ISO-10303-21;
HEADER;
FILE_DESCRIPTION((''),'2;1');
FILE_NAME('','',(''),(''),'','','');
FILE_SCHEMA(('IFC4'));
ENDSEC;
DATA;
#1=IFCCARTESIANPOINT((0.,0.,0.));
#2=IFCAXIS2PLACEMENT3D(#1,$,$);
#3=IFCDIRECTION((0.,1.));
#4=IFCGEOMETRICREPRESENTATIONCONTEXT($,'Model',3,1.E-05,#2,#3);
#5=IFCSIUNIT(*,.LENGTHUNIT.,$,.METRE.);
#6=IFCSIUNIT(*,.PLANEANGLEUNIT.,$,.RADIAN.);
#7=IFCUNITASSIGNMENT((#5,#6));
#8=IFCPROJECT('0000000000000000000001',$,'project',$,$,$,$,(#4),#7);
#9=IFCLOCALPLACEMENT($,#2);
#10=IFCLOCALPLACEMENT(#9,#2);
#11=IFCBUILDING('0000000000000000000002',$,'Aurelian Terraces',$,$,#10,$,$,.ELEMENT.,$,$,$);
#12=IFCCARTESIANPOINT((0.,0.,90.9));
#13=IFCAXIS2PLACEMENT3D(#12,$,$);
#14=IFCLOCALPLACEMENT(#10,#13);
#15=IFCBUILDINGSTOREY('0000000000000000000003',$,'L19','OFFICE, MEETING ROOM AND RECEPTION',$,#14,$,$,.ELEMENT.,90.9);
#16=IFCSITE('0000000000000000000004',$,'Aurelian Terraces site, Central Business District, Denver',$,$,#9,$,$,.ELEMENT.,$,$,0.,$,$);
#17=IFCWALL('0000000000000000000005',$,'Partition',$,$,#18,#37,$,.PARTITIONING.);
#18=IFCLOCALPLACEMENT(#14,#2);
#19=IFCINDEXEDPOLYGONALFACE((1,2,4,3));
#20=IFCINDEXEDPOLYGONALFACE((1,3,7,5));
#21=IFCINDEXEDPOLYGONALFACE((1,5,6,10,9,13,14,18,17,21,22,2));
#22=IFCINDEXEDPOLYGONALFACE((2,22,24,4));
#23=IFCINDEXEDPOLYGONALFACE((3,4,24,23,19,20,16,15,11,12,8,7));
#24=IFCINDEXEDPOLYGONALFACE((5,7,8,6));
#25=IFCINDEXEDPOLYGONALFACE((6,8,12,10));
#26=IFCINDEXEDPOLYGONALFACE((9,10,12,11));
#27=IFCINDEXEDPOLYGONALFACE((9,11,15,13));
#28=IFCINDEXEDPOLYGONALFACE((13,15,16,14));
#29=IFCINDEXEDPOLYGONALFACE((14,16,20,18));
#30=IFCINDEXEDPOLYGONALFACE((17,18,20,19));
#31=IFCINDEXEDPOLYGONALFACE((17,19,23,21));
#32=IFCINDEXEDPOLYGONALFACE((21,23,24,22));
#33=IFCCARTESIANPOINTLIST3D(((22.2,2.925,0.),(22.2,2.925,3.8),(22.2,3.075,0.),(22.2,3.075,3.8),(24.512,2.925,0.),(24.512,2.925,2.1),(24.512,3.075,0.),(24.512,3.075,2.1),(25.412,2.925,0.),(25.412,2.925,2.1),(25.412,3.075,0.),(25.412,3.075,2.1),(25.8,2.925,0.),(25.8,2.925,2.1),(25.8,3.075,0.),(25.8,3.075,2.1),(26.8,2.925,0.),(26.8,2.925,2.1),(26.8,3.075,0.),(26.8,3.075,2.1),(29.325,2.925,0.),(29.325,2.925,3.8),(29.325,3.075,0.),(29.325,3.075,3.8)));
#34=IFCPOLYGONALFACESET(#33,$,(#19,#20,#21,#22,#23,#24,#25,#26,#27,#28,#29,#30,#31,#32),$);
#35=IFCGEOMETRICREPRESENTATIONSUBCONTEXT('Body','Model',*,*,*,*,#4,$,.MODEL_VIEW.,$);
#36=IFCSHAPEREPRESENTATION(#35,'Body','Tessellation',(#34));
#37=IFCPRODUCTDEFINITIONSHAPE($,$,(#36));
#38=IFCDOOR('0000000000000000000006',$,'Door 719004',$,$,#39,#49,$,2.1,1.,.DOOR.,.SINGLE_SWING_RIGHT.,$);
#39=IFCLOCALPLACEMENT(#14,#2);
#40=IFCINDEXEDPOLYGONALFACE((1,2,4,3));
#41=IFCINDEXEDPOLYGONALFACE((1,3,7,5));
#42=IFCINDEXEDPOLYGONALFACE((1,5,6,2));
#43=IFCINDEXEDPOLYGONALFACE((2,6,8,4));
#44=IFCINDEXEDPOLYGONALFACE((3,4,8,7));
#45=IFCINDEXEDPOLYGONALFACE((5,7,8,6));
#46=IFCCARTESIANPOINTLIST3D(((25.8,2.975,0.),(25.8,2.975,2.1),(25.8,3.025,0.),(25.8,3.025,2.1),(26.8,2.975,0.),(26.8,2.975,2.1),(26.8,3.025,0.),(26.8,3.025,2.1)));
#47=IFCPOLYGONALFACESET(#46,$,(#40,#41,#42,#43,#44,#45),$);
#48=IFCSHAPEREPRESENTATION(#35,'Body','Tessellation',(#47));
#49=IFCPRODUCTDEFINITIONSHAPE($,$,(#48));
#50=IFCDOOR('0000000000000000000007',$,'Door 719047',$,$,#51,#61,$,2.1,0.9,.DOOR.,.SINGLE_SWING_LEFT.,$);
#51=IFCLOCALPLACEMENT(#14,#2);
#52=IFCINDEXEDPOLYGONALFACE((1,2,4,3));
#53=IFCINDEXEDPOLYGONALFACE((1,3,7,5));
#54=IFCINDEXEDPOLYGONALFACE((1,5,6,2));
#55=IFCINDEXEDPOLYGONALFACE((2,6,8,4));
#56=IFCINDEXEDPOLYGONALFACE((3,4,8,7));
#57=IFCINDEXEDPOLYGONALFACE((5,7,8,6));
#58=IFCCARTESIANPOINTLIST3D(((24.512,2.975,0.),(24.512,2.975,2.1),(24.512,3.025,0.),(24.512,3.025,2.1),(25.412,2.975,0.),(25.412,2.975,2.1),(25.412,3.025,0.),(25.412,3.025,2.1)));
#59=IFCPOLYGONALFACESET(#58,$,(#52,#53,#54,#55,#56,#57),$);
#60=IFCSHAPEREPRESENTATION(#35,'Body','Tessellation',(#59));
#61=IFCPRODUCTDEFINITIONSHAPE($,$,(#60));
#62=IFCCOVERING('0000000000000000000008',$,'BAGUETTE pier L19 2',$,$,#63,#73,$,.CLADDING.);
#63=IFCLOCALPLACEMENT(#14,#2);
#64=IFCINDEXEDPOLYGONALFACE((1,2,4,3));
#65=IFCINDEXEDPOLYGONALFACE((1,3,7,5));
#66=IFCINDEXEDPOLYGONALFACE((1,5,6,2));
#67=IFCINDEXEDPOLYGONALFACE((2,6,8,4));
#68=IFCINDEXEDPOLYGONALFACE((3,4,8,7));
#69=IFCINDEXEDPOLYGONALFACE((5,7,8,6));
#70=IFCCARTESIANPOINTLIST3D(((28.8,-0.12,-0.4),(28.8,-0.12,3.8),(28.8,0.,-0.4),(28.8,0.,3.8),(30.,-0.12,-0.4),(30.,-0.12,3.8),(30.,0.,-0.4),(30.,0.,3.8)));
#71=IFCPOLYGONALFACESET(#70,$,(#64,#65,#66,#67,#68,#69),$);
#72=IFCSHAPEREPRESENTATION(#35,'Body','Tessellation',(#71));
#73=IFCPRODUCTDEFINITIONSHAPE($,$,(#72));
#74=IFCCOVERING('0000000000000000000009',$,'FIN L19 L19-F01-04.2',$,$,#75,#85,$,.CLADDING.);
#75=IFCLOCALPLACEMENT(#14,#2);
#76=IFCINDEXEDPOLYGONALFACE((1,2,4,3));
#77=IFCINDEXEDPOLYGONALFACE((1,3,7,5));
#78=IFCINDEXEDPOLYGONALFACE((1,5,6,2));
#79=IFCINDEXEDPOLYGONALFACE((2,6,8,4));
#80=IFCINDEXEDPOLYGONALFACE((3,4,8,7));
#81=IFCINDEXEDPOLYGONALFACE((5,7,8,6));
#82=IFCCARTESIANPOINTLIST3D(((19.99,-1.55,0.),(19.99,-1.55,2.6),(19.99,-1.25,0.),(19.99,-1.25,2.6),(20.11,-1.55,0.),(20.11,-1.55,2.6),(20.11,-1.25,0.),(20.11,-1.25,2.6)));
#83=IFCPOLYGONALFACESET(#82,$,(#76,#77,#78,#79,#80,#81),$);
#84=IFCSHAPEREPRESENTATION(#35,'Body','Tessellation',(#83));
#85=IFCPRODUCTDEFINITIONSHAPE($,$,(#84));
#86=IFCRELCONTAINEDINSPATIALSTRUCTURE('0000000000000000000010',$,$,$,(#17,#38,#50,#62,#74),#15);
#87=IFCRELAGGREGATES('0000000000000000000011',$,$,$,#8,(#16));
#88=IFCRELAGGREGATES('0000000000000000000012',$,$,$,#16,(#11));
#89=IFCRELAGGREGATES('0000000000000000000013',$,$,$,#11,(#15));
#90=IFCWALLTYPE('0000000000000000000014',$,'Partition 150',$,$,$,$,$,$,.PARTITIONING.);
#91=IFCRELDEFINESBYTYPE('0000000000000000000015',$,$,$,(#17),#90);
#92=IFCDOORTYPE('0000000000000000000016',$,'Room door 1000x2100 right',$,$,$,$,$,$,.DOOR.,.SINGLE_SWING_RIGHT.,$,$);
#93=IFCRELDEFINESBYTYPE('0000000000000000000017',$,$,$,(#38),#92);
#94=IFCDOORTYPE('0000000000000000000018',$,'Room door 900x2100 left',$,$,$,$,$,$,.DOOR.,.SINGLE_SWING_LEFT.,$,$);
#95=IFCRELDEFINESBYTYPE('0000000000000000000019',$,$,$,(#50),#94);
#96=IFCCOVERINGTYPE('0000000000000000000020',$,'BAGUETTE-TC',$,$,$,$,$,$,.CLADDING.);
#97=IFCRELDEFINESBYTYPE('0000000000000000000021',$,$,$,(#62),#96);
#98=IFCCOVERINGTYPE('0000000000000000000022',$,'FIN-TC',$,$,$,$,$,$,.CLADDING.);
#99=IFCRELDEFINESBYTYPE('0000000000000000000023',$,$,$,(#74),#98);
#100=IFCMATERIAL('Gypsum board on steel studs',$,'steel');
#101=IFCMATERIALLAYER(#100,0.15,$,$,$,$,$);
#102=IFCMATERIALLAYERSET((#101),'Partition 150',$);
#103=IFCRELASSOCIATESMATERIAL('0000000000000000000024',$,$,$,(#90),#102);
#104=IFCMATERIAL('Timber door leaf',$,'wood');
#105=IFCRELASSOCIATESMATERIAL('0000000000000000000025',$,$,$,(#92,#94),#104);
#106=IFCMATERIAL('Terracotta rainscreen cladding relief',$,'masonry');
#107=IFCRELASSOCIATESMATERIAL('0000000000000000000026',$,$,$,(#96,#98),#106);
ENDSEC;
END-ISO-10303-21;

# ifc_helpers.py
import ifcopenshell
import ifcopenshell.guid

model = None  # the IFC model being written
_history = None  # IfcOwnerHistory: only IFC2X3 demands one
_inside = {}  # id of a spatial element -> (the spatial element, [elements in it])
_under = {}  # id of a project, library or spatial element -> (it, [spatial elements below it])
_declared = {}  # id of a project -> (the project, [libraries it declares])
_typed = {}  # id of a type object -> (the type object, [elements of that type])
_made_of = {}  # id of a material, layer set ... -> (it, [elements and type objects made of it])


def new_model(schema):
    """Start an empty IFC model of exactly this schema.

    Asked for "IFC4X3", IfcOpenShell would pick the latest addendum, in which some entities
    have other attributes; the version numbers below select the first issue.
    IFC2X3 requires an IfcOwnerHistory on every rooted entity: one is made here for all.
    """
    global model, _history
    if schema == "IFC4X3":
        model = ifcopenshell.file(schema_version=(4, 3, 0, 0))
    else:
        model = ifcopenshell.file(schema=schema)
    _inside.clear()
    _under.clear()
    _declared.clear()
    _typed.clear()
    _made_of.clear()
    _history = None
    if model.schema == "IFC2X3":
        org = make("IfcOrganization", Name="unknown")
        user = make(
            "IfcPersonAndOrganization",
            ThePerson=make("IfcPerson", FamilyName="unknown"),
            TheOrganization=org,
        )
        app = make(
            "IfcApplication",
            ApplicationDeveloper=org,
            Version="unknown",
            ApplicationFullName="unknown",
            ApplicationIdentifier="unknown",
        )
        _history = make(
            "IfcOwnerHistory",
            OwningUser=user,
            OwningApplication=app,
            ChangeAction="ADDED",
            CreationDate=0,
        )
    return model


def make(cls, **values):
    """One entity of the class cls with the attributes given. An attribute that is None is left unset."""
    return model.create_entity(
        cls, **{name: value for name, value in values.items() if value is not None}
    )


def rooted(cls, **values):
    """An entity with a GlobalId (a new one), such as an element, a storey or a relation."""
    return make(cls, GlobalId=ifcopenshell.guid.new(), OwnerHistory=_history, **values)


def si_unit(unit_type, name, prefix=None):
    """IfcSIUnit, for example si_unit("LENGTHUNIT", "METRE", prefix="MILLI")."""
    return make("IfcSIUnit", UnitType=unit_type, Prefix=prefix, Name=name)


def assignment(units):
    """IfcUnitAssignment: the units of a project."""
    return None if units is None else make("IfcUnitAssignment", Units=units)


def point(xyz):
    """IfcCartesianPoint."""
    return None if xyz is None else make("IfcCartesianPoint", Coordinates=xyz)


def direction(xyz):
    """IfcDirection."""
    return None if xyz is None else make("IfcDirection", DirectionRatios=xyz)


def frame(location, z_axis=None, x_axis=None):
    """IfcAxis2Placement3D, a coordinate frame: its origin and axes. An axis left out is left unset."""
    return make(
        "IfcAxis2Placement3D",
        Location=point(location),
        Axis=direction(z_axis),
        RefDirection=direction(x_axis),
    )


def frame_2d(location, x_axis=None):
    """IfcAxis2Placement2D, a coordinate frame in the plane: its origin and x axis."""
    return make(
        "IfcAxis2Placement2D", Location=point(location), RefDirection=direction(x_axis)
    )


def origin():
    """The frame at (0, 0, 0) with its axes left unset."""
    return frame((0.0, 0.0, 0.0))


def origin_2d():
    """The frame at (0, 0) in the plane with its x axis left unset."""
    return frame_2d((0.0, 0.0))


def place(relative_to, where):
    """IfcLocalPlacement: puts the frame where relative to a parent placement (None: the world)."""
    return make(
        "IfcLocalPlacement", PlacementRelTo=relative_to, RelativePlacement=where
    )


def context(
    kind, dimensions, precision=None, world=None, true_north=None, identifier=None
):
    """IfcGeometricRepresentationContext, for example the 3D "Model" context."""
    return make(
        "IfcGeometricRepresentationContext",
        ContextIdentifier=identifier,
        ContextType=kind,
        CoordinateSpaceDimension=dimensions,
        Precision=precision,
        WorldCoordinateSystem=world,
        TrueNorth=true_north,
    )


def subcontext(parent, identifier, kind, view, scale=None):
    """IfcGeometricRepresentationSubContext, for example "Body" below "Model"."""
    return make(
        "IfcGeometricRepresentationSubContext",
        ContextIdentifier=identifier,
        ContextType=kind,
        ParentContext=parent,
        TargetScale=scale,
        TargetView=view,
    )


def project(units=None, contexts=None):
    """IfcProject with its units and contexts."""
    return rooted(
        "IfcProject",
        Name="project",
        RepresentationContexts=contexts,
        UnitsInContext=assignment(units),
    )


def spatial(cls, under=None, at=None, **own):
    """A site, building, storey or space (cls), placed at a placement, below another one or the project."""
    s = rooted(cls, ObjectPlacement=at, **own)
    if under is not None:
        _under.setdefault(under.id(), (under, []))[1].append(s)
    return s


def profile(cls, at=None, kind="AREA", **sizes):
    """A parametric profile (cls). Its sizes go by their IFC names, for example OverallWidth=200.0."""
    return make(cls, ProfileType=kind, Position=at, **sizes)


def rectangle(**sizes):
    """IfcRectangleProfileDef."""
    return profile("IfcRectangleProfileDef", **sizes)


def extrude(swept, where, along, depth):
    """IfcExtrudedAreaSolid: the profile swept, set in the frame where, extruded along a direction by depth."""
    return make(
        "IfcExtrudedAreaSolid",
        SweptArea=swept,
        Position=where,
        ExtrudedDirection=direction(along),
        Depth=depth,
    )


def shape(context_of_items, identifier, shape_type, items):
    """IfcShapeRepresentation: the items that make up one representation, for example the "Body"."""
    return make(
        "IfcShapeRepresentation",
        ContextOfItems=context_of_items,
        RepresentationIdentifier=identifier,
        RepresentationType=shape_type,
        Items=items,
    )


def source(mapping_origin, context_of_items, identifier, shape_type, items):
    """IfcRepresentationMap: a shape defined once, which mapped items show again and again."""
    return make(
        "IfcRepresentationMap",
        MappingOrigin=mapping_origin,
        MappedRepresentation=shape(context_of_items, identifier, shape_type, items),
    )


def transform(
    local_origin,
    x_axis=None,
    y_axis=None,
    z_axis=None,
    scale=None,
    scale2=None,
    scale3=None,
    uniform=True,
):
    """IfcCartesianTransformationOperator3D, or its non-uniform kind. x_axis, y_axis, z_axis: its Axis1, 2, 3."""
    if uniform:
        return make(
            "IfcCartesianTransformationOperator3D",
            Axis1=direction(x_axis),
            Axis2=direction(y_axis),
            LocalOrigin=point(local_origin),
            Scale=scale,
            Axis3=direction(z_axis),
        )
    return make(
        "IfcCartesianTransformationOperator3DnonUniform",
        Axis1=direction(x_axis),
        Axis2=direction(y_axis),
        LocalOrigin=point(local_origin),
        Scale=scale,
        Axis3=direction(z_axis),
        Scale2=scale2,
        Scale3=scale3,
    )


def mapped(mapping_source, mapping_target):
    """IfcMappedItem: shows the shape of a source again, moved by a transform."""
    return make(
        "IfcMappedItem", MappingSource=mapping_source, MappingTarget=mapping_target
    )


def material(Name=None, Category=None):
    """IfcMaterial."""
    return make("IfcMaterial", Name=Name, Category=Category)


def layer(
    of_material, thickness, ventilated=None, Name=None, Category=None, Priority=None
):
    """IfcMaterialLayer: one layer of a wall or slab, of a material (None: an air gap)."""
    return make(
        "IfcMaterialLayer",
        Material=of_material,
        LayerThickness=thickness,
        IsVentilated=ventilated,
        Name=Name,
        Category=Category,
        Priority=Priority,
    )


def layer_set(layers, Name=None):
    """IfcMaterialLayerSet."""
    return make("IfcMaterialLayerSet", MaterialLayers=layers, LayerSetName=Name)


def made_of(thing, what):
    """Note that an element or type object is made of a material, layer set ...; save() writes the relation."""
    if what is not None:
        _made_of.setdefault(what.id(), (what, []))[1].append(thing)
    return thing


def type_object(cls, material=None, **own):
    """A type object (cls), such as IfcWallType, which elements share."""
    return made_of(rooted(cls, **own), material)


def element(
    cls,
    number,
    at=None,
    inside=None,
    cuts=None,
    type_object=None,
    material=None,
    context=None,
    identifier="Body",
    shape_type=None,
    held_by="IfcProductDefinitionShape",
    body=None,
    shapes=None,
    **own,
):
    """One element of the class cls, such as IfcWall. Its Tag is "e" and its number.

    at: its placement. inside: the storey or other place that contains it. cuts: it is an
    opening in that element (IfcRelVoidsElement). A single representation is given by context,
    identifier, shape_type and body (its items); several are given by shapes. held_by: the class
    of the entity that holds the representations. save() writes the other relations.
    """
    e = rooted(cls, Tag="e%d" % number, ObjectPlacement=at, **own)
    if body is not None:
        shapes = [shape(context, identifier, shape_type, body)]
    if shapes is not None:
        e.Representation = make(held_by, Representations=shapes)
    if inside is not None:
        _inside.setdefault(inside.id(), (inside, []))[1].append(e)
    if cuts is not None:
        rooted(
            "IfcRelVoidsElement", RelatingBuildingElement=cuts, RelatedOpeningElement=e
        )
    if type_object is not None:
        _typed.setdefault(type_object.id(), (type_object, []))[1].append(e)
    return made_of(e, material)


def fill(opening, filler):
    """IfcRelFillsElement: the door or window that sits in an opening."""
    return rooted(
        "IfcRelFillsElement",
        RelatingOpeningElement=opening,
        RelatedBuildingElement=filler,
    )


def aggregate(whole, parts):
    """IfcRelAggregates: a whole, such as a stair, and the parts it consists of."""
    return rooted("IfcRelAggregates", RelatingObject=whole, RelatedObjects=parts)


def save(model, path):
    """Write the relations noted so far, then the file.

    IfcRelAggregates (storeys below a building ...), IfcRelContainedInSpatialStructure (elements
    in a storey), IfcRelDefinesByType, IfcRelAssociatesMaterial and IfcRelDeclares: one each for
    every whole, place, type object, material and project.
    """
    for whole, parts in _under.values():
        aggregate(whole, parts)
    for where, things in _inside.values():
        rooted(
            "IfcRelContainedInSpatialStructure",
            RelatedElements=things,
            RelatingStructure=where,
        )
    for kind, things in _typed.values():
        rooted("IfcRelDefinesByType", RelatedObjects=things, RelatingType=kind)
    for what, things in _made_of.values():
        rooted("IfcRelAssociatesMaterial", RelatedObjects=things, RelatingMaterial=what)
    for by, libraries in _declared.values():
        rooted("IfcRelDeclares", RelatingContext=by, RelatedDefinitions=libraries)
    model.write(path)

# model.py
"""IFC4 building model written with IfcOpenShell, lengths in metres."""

from ifc_helpers import new_model, si_unit, direction, frame, frame_2d, origin, origin_2d, place, context, subcontext, project, spatial, rectangle, extrude, source, transform, mapped, material, layer, layer_set, type_object, element, fill, save


model = new_model("IFC4")

# Units and contexts
model_context = context("Model", 3, precision=1e-05, world=origin(), true_north=direction((0.0, 1.0)))
body_context = subcontext(model_context, "Body", "Model", "MODEL_VIEW")
ifc_project = project(units=[si_unit("LENGTHUNIT", "METRE"), si_unit("PLANEANGLEUNIT", "RADIAN")], contexts=[model_context])

# Site, building, storey
site_placement = place(None, origin())
site = spatial("IfcSite", under=ifc_project, at=site_placement, Name="Aurelian Terraces site, Central Business District, Denver", CompositionType="ELEMENT", RefElevation=0.0)
building_placement = place(site_placement, origin())
building = spatial("IfcBuilding", under=site, at=building_placement, Name="Aurelian Terraces", CompositionType="ELEMENT")
storey_placement = place(building_placement, frame((0.0, 0.0, 90.9)))
storey = spatial("IfcBuildingStorey", under=building, at=storey_placement, Name="L19", Description="OFFICE, MEETING ROOM AND RECEPTION", CompositionType="ELEMENT", Elevation=90.9)

# Shared definitions
ifc_material_1 = material(Name="Gypsum board on steel studs", Category="steel")
ifc_layer_1 = layer(ifc_material_1, 0.15)
ifc_layer_set_1 = layer_set([ifc_layer_1], Name="Partition 150")
wall_type_1 = type_object("IfcWallType", Name="Partition 150", PredefinedType="PARTITIONING", material=ifc_layer_set_1)

# Wall, openings, doors
shared_shape_1 = source(origin(), body_context, "Body", "SweptSolid", [
    extrude(rectangle(XDim=7.125, YDim=0.15, at=frame_2d((3.5625, 0.0))), origin(), (0.0, 0.0, 1.0), 3.8),
])
wall_1_placement = place(storey_placement, frame((22.2, 3.0, 0.0), z_axis=(0.0, 0.0, 1.0), x_axis=(1.0, 0.0, 0.0)))
wall_1 = element("IfcWall", 1, at=wall_1_placement, inside=storey, type_object=wall_type_1, Name="Partition", PredefinedType="PARTITIONING", context=body_context, shape_type="MappedRepresentation", body=[
    mapped(shared_shape_1, transform((0.0, 0.0, 0.0), scale=1.0)),
])
shared_shape_2 = source(origin(), body_context, "Body", "SweptSolid", [
    extrude(rectangle(XDim=1.0, YDim=2.1, at=frame_2d((0.5, 1.05))), frame((0.0, 0.085, 0.0), z_axis=(0.0, -1.0, 0.0), x_axis=(1.0, 0.0, 0.0)), (0.0, 0.0, 1.0), 0.17),
])
opening_1_placement = place(wall_1_placement, frame((3.6, 0.0, 0.0)))
opening_1 = element("IfcOpeningElement", 2, at=opening_1_placement, cuts=wall_1, PredefinedType="OPENING", context=body_context, shape_type="MappedRepresentation", body=[
    mapped(shared_shape_2, transform((0.0, 0.0, 0.0), scale=1.0)),
])
shared_shape_3 = source(origin(), body_context, "Body", "SweptSolid", [
    extrude(rectangle(XDim=0.9, YDim=2.1, at=frame_2d((0.45, 1.05))), frame((0.0, 0.085, 0.0), z_axis=(0.0, -1.0, 0.0), x_axis=(1.0, 0.0, 0.0)), (0.0, 0.0, 1.0), 0.17),
])
opening_2_placement = place(wall_1_placement, frame((2.312, 0.0, 0.0)))
opening_2 = element("IfcOpeningElement", 3, at=opening_2_placement, cuts=wall_1, PredefinedType="OPENING", context=body_context, shape_type="MappedRepresentation", body=[
    mapped(shared_shape_3, transform((0.0, 0.0, 0.0), scale=1.0)),
])
ifc_material_2 = material(Name="Timber door leaf", Category="wood")
door_type_1 = type_object("IfcDoorType", Name="Room door 1000x2100 right", OperationType="SINGLE_SWING_RIGHT", PredefinedType="DOOR", material=ifc_material_2)
shared_shape_4 = source(origin(), body_context, "Body", "SweptSolid", [
    extrude(rectangle(XDim=1.0, YDim=2.1, at=frame_2d((0.5, 1.05))), frame((0.0, 0.025, 0.0), z_axis=(0.0, -1.0, 0.0), x_axis=(1.0, 0.0, 0.0)), (0.0, 0.0, 1.0), 0.05),
])
door_1_placement = place(opening_1_placement, origin())
door_1 = element("IfcDoor", 4, at=door_1_placement, inside=storey, type_object=door_type_1, Name="Door 719004", OperationType="SINGLE_SWING_RIGHT", OverallHeight=2.1, OverallWidth=1.0, PredefinedType="DOOR", context=body_context, shape_type="MappedRepresentation", body=[
    mapped(shared_shape_4, transform((0.0, 0.0, 0.0), scale=1.0)),
])
fill(opening_1, door_1)
door_type_2 = type_object("IfcDoorType", Name="Room door 900x2100 left", OperationType="SINGLE_SWING_LEFT", PredefinedType="DOOR", material=ifc_material_2)
shared_shape_5 = source(origin(), body_context, "Body", "SweptSolid", [
    extrude(rectangle(XDim=0.9, YDim=2.1, at=frame_2d((0.45, 1.05))), frame((0.0, 0.025, 0.0), z_axis=(0.0, -1.0, 0.0), x_axis=(1.0, 0.0, 0.0)), (0.0, 0.0, 1.0), 0.05),
])
door_2_placement = place(opening_2_placement, origin())
door_2 = element("IfcDoor", 5, at=door_2_placement, inside=storey, type_object=door_type_2, Name="Door 719047", OperationType="SINGLE_SWING_LEFT", OverallHeight=2.1, OverallWidth=0.9, PredefinedType="DOOR", context=body_context, shape_type="MappedRepresentation", body=[
    mapped(shared_shape_5, transform((0.0, 0.0, 0.0), scale=1.0)),
])
fill(opening_2, door_2)

# Coverings
ifc_material_3 = material(Name="Terracotta rainscreen cladding relief", Category="masonry")
covering_type_1 = type_object("IfcCoveringType", Name="BAGUETTE-TC", PredefinedType="CLADDING", material=ifc_material_3)
shared_shape_6 = source(origin(), body_context, "Body", "SweptSolid", [
    extrude(rectangle(XDim=1.2, YDim=0.12, at=origin_2d()), origin(), (0.0, 0.0, 1.0), 4.2),
])
covering_1_placement = place(storey_placement, frame((29.4, -0.06, -0.4), z_axis=(0.0, 0.0, 1.0), x_axis=(1.0, 0.0, 0.0)))
element("IfcCovering", 6, at=covering_1_placement, inside=storey, type_object=covering_type_1, Name="BAGUETTE pier L19 2", PredefinedType="CLADDING", context=body_context, shape_type="MappedRepresentation", body=[
    mapped(shared_shape_6, transform((0.0, 0.0, 0.0), scale=1.0)),
])
covering_type_2 = type_object("IfcCoveringType", Name="FIN-TC", PredefinedType="CLADDING", material=ifc_material_3)
shared_shape_7 = source(origin(), body_context, "Body", "SweptSolid", [
    extrude(rectangle(XDim=0.12, YDim=0.3, at=origin_2d()), origin(), (0.0, 0.0, 1.0), 2.6),
])
covering_2_placement = place(storey_placement, frame((20.05, -1.4, 0.0), z_axis=(0.0, 0.0, 1.0), x_axis=(1.0, 0.0, 0.0)))
element("IfcCovering", 7, at=covering_2_placement, inside=storey, type_object=covering_type_2, Name="FIN L19 L19-F01-04.2", PredefinedType="CLADDING", context=body_context, shape_type="MappedRepresentation", body=[
    mapped(shared_shape_7, transform((0.0, 0.0, 0.0), scale=1.0)),
])

save(model, "model.ifc")
